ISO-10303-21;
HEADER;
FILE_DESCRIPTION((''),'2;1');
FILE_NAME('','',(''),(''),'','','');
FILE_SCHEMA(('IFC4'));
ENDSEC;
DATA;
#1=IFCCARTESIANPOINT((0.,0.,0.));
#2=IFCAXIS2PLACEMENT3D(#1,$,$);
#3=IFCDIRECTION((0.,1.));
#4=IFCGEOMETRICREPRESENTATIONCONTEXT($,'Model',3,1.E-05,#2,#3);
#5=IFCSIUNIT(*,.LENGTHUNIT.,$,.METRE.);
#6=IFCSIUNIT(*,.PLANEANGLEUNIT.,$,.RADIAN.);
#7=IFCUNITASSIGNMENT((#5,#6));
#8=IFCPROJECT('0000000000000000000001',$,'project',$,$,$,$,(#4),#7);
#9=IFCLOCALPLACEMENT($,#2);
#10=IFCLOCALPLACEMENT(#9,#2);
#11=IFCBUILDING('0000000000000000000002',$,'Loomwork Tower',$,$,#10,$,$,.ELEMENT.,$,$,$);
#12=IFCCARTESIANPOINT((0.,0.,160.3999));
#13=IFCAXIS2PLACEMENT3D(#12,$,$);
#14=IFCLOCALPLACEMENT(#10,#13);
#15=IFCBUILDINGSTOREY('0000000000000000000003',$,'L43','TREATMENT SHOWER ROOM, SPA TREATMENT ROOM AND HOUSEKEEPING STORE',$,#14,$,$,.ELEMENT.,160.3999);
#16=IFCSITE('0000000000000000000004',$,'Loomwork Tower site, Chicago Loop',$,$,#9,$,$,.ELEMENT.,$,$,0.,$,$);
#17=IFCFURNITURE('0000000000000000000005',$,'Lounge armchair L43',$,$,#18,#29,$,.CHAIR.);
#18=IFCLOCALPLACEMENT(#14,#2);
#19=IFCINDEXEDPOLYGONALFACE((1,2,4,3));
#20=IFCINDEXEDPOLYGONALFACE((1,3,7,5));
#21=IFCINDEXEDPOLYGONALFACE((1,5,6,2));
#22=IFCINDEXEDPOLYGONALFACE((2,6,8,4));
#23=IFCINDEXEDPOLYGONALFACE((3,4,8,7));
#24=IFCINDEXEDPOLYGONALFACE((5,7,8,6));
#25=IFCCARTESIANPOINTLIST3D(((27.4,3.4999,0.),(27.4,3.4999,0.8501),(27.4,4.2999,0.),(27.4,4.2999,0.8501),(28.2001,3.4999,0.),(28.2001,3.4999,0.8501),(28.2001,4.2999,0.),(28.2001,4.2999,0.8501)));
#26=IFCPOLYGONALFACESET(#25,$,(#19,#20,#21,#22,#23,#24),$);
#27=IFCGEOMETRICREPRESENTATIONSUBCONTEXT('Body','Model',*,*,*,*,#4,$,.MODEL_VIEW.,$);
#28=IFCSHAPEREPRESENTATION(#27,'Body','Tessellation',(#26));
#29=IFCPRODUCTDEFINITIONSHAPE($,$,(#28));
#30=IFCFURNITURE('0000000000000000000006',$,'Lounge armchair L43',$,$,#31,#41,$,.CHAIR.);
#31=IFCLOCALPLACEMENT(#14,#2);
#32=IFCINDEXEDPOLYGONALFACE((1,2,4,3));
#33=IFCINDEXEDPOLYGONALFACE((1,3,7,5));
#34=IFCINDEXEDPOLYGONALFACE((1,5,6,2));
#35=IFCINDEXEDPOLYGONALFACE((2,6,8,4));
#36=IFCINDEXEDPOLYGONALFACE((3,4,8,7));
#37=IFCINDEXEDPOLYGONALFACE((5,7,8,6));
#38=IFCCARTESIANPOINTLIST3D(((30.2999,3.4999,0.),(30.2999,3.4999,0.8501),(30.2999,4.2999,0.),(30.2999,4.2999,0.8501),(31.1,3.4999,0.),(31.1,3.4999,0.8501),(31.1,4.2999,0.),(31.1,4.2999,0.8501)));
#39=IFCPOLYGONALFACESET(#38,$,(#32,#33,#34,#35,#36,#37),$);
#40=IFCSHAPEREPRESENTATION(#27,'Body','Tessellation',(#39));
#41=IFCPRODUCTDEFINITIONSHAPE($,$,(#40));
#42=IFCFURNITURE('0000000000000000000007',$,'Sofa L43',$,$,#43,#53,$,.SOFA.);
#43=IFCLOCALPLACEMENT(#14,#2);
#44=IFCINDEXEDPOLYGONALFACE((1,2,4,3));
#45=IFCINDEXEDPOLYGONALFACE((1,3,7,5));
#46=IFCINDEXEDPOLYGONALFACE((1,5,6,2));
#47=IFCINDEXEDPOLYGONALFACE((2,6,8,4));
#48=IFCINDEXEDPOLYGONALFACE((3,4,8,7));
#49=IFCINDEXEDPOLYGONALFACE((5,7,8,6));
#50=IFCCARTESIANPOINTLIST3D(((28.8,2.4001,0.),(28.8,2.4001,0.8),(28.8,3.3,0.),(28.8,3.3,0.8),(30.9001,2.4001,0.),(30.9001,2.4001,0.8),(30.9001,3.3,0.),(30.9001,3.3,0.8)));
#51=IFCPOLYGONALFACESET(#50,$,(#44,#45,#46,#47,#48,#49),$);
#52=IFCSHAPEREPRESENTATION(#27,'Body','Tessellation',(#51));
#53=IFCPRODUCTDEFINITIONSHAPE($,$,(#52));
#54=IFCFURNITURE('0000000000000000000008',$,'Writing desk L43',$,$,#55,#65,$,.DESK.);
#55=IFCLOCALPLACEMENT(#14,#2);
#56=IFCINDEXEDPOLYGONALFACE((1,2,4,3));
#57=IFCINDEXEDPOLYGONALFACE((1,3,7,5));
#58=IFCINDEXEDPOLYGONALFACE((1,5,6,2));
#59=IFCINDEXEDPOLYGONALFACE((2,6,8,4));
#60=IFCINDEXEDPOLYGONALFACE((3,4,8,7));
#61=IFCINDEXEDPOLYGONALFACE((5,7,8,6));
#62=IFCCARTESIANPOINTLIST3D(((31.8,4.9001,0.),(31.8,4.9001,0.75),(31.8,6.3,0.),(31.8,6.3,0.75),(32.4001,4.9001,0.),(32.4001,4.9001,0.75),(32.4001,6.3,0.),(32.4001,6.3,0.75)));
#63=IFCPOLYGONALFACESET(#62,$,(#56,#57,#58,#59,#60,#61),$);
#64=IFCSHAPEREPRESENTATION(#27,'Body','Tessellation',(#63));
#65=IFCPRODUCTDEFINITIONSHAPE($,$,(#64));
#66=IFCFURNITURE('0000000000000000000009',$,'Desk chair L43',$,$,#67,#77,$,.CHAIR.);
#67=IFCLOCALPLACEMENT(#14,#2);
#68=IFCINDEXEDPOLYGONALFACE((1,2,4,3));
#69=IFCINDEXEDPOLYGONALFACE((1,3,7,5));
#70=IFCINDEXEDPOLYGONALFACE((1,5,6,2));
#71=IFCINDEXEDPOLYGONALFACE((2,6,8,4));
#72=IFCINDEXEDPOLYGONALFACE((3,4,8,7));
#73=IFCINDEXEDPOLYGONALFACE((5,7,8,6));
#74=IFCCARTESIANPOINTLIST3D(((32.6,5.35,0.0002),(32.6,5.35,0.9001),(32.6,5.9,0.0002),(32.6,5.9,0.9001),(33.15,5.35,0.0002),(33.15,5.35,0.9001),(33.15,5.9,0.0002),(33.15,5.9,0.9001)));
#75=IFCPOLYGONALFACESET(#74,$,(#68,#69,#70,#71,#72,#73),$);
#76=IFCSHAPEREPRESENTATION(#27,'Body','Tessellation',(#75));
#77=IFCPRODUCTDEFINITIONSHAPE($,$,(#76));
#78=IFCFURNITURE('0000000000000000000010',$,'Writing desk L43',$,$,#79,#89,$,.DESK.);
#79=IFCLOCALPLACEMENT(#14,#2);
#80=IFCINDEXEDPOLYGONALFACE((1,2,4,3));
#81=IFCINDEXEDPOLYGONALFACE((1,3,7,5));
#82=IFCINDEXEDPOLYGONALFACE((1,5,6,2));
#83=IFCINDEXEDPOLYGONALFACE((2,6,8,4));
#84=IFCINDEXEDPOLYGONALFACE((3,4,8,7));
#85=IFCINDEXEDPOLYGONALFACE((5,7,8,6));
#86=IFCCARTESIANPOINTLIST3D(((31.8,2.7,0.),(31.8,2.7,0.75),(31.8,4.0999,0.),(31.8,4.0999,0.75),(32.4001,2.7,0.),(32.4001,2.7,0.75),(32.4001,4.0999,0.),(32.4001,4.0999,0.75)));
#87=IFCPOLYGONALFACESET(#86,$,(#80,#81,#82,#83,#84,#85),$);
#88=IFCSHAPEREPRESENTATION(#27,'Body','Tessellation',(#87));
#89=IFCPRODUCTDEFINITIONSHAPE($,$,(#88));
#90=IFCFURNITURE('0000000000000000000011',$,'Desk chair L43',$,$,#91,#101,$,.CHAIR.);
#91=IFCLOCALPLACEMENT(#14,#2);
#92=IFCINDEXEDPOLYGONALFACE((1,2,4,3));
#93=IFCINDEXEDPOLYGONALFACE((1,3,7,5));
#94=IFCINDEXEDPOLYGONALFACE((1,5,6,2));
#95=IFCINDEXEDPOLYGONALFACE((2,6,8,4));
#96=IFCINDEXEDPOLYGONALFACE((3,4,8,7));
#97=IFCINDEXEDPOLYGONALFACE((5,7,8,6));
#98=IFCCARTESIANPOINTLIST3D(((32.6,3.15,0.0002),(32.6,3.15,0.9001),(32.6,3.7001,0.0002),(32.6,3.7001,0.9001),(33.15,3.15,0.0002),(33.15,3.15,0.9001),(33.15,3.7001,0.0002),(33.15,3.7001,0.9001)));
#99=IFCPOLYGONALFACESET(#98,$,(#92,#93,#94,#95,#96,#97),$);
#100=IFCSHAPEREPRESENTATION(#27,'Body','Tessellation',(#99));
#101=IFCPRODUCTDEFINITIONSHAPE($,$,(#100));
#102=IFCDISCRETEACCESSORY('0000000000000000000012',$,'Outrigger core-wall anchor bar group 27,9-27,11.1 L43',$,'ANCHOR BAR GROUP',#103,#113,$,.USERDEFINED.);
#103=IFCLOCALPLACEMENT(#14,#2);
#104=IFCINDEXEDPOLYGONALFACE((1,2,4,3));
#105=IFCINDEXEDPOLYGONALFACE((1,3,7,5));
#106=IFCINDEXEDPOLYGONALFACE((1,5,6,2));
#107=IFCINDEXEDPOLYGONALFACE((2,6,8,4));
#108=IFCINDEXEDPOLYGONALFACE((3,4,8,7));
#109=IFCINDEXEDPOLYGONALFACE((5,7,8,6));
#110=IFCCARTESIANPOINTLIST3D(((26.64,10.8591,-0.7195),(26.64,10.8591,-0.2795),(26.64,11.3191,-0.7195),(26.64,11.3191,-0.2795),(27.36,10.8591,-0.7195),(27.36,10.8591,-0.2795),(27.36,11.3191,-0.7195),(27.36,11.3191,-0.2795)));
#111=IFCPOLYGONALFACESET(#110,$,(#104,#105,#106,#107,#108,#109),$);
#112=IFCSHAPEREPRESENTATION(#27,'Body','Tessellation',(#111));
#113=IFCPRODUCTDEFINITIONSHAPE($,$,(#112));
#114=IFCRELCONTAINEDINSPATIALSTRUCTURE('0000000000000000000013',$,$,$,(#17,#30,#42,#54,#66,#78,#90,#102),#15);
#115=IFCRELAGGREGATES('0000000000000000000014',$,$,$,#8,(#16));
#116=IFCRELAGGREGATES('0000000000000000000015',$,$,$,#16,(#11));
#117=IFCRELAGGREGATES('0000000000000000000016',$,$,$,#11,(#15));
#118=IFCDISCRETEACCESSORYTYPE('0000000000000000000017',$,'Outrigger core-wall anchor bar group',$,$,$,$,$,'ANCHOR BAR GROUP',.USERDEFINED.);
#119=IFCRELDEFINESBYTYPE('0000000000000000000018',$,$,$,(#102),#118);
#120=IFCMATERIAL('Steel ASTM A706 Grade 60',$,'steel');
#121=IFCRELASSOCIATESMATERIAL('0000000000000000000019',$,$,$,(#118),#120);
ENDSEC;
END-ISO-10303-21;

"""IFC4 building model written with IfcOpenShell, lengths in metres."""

from ifc_helpers import new_model, si_unit, direction, frame, origin, origin_2d, place, context, subcontext, project, spatial, rectangle, extrude, material, type_object, element, save


model = new_model("IFC4")

# Units and contexts
model_context = context("Model", 3, precision=1e-05, world=origin(), true_north=direction((0.0, 1.0)))
body_context = subcontext(model_context, "Body", "Model", "MODEL_VIEW")
ifc_project = project(units=[si_unit("LENGTHUNIT", "METRE"), si_unit("PLANEANGLEUNIT", "RADIAN")], contexts=[model_context])

# Site, building, storey
site_placement = place(None, origin())
site = spatial("IfcSite", under=ifc_project, at=site_placement, Name="Loomwork Tower site, Chicago Loop", CompositionType="ELEMENT", RefElevation=0.0)
building_placement = place(site_placement, origin())
building = spatial("IfcBuilding", under=site, at=building_placement, Name="Loomwork Tower", CompositionType="ELEMENT")
storey_placement = place(building_placement, frame((0.0, 0.0, 160.3999)))
storey = spatial("IfcBuildingStorey", under=building, at=storey_placement, Name="L43", Description="TREATMENT SHOWER ROOM, SPA TREATMENT ROOM AND HOUSEKEEPING STORE", CompositionType="ELEMENT", Elevation=160.3999)

# Furniture
for number, where, z_axis, x_axis, name in (
    (1, (27.8, 3.8999, 0.0), (0.0, 0.0, 1.0), (1.0, 0.0, 0.0), "Lounge armchair L43"),
    (2, (30.7, 3.8999, 0.0), (0.0, 0.0, 1.0), (1.0, 0.0, 0.0), "Lounge armchair L43"),
):
    element("IfcFurniture", number, at=place(storey_placement, frame(where, z_axis=z_axis, x_axis=x_axis)), inside=storey, Name=name, PredefinedType="CHAIR", context=body_context, shape_type="SweptSolid", body=[
        extrude(rectangle(XDim=0.8, YDim=0.8, at=origin_2d()), origin(), (0.0, 0.0, 1.0), 0.8501),
    ])
furniture_1_placement = place(storey_placement, frame((29.8501, 2.8501, 0.0), z_axis=(0.0, 0.0, 1.0), x_axis=(1.0, 0.0, 0.0)))
element("IfcFurniture", 3, at=furniture_1_placement, inside=storey, Name="Sofa L43", PredefinedType="SOFA", context=body_context, shape_type="SweptSolid", body=[
    extrude(rectangle(XDim=2.1001, YDim=0.8999, at=origin_2d()), origin(), (0.0, 0.0, 1.0), 0.8),
])
furniture_2_placement = place(storey_placement, frame((32.1001, 5.6001, 0.0), z_axis=(0.0, 0.0, 1.0), x_axis=(1.0, 0.0, 0.0)))
element("IfcFurniture", 4, at=furniture_2_placement, inside=storey, Name="Writing desk L43", PredefinedType="DESK", context=body_context, shape_type="SweptSolid", body=[
    extrude(rectangle(XDim=0.6001, YDim=1.3999, at=origin_2d()), origin(), (0.0, 0.0, 1.0), 0.75),
])
furniture_3_placement = place(storey_placement, frame((32.875, 5.625, 0.0002), z_axis=(0.0, 0.0, 1.0), x_axis=(1.0, 0.0, 0.0)))
element("IfcFurniture", 5, at=furniture_3_placement, inside=storey, Name="Desk chair L43", PredefinedType="CHAIR", context=body_context, shape_type="SweptSolid", body=[
    extrude(rectangle(XDim=0.55, YDim=0.55, at=origin_2d()), origin(), (0.0, 0.0, 1.0), 0.8999),
])
furniture_4_placement = place(storey_placement, frame((32.1001, 3.3999, 0.0), z_axis=(0.0, 0.0, 1.0), x_axis=(1.0, 0.0, 0.0)))
element("IfcFurniture", 6, at=furniture_4_placement, inside=storey, Name="Writing desk L43", PredefinedType="DESK", context=body_context, shape_type="SweptSolid", body=[
    extrude(rectangle(XDim=0.6001, YDim=1.3999, at=origin_2d()), origin(), (0.0, 0.0, 1.0), 0.75),
])
furniture_5_placement = place(storey_placement, frame((32.875, 3.425, 0.0002), z_axis=(0.0, 0.0, 1.0), x_axis=(1.0, 0.0, 0.0)))
element("IfcFurniture", 7, at=furniture_5_placement, inside=storey, Name="Desk chair L43", PredefinedType="CHAIR", context=body_context, shape_type="SweptSolid", body=[
    extrude(rectangle(XDim=0.55, YDim=0.55, at=origin_2d()), origin(), (0.0, 0.0, 1.0), 0.8999),
])

# Discrete accessory
ifc_material_1 = material(Name="Steel ASTM A706 Grade 60", Category="steel")
discrete_accessory_type = type_object("IfcDiscreteAccessoryType", Name="Outrigger core-wall anchor bar group", ElementType="ANCHOR BAR GROUP", PredefinedType="USERDEFINED", material=ifc_material_1)
discrete_accessory_placement = place(storey_placement, frame((27.0, 11.0891, -0.7195), z_axis=(0.0, 0.0, 1.0), x_axis=(1.0, 0.0, 0.0)))
element("IfcDiscreteAccessory", 8, at=discrete_accessory_placement, inside=storey, type_object=discrete_accessory_type, Name="Outrigger core-wall anchor bar group 27,9-27,11.1 L43", ObjectType="ANCHOR BAR GROUP", PredefinedType="USERDEFINED", context=body_context, shape_type="SweptSolid", body=[
    extrude(rectangle(XDim=0.72, YDim=0.46, at=origin_2d()), origin(), (0.0, 0.0, 1.0), 0.4399),
])

save(model, "model.ifc")
